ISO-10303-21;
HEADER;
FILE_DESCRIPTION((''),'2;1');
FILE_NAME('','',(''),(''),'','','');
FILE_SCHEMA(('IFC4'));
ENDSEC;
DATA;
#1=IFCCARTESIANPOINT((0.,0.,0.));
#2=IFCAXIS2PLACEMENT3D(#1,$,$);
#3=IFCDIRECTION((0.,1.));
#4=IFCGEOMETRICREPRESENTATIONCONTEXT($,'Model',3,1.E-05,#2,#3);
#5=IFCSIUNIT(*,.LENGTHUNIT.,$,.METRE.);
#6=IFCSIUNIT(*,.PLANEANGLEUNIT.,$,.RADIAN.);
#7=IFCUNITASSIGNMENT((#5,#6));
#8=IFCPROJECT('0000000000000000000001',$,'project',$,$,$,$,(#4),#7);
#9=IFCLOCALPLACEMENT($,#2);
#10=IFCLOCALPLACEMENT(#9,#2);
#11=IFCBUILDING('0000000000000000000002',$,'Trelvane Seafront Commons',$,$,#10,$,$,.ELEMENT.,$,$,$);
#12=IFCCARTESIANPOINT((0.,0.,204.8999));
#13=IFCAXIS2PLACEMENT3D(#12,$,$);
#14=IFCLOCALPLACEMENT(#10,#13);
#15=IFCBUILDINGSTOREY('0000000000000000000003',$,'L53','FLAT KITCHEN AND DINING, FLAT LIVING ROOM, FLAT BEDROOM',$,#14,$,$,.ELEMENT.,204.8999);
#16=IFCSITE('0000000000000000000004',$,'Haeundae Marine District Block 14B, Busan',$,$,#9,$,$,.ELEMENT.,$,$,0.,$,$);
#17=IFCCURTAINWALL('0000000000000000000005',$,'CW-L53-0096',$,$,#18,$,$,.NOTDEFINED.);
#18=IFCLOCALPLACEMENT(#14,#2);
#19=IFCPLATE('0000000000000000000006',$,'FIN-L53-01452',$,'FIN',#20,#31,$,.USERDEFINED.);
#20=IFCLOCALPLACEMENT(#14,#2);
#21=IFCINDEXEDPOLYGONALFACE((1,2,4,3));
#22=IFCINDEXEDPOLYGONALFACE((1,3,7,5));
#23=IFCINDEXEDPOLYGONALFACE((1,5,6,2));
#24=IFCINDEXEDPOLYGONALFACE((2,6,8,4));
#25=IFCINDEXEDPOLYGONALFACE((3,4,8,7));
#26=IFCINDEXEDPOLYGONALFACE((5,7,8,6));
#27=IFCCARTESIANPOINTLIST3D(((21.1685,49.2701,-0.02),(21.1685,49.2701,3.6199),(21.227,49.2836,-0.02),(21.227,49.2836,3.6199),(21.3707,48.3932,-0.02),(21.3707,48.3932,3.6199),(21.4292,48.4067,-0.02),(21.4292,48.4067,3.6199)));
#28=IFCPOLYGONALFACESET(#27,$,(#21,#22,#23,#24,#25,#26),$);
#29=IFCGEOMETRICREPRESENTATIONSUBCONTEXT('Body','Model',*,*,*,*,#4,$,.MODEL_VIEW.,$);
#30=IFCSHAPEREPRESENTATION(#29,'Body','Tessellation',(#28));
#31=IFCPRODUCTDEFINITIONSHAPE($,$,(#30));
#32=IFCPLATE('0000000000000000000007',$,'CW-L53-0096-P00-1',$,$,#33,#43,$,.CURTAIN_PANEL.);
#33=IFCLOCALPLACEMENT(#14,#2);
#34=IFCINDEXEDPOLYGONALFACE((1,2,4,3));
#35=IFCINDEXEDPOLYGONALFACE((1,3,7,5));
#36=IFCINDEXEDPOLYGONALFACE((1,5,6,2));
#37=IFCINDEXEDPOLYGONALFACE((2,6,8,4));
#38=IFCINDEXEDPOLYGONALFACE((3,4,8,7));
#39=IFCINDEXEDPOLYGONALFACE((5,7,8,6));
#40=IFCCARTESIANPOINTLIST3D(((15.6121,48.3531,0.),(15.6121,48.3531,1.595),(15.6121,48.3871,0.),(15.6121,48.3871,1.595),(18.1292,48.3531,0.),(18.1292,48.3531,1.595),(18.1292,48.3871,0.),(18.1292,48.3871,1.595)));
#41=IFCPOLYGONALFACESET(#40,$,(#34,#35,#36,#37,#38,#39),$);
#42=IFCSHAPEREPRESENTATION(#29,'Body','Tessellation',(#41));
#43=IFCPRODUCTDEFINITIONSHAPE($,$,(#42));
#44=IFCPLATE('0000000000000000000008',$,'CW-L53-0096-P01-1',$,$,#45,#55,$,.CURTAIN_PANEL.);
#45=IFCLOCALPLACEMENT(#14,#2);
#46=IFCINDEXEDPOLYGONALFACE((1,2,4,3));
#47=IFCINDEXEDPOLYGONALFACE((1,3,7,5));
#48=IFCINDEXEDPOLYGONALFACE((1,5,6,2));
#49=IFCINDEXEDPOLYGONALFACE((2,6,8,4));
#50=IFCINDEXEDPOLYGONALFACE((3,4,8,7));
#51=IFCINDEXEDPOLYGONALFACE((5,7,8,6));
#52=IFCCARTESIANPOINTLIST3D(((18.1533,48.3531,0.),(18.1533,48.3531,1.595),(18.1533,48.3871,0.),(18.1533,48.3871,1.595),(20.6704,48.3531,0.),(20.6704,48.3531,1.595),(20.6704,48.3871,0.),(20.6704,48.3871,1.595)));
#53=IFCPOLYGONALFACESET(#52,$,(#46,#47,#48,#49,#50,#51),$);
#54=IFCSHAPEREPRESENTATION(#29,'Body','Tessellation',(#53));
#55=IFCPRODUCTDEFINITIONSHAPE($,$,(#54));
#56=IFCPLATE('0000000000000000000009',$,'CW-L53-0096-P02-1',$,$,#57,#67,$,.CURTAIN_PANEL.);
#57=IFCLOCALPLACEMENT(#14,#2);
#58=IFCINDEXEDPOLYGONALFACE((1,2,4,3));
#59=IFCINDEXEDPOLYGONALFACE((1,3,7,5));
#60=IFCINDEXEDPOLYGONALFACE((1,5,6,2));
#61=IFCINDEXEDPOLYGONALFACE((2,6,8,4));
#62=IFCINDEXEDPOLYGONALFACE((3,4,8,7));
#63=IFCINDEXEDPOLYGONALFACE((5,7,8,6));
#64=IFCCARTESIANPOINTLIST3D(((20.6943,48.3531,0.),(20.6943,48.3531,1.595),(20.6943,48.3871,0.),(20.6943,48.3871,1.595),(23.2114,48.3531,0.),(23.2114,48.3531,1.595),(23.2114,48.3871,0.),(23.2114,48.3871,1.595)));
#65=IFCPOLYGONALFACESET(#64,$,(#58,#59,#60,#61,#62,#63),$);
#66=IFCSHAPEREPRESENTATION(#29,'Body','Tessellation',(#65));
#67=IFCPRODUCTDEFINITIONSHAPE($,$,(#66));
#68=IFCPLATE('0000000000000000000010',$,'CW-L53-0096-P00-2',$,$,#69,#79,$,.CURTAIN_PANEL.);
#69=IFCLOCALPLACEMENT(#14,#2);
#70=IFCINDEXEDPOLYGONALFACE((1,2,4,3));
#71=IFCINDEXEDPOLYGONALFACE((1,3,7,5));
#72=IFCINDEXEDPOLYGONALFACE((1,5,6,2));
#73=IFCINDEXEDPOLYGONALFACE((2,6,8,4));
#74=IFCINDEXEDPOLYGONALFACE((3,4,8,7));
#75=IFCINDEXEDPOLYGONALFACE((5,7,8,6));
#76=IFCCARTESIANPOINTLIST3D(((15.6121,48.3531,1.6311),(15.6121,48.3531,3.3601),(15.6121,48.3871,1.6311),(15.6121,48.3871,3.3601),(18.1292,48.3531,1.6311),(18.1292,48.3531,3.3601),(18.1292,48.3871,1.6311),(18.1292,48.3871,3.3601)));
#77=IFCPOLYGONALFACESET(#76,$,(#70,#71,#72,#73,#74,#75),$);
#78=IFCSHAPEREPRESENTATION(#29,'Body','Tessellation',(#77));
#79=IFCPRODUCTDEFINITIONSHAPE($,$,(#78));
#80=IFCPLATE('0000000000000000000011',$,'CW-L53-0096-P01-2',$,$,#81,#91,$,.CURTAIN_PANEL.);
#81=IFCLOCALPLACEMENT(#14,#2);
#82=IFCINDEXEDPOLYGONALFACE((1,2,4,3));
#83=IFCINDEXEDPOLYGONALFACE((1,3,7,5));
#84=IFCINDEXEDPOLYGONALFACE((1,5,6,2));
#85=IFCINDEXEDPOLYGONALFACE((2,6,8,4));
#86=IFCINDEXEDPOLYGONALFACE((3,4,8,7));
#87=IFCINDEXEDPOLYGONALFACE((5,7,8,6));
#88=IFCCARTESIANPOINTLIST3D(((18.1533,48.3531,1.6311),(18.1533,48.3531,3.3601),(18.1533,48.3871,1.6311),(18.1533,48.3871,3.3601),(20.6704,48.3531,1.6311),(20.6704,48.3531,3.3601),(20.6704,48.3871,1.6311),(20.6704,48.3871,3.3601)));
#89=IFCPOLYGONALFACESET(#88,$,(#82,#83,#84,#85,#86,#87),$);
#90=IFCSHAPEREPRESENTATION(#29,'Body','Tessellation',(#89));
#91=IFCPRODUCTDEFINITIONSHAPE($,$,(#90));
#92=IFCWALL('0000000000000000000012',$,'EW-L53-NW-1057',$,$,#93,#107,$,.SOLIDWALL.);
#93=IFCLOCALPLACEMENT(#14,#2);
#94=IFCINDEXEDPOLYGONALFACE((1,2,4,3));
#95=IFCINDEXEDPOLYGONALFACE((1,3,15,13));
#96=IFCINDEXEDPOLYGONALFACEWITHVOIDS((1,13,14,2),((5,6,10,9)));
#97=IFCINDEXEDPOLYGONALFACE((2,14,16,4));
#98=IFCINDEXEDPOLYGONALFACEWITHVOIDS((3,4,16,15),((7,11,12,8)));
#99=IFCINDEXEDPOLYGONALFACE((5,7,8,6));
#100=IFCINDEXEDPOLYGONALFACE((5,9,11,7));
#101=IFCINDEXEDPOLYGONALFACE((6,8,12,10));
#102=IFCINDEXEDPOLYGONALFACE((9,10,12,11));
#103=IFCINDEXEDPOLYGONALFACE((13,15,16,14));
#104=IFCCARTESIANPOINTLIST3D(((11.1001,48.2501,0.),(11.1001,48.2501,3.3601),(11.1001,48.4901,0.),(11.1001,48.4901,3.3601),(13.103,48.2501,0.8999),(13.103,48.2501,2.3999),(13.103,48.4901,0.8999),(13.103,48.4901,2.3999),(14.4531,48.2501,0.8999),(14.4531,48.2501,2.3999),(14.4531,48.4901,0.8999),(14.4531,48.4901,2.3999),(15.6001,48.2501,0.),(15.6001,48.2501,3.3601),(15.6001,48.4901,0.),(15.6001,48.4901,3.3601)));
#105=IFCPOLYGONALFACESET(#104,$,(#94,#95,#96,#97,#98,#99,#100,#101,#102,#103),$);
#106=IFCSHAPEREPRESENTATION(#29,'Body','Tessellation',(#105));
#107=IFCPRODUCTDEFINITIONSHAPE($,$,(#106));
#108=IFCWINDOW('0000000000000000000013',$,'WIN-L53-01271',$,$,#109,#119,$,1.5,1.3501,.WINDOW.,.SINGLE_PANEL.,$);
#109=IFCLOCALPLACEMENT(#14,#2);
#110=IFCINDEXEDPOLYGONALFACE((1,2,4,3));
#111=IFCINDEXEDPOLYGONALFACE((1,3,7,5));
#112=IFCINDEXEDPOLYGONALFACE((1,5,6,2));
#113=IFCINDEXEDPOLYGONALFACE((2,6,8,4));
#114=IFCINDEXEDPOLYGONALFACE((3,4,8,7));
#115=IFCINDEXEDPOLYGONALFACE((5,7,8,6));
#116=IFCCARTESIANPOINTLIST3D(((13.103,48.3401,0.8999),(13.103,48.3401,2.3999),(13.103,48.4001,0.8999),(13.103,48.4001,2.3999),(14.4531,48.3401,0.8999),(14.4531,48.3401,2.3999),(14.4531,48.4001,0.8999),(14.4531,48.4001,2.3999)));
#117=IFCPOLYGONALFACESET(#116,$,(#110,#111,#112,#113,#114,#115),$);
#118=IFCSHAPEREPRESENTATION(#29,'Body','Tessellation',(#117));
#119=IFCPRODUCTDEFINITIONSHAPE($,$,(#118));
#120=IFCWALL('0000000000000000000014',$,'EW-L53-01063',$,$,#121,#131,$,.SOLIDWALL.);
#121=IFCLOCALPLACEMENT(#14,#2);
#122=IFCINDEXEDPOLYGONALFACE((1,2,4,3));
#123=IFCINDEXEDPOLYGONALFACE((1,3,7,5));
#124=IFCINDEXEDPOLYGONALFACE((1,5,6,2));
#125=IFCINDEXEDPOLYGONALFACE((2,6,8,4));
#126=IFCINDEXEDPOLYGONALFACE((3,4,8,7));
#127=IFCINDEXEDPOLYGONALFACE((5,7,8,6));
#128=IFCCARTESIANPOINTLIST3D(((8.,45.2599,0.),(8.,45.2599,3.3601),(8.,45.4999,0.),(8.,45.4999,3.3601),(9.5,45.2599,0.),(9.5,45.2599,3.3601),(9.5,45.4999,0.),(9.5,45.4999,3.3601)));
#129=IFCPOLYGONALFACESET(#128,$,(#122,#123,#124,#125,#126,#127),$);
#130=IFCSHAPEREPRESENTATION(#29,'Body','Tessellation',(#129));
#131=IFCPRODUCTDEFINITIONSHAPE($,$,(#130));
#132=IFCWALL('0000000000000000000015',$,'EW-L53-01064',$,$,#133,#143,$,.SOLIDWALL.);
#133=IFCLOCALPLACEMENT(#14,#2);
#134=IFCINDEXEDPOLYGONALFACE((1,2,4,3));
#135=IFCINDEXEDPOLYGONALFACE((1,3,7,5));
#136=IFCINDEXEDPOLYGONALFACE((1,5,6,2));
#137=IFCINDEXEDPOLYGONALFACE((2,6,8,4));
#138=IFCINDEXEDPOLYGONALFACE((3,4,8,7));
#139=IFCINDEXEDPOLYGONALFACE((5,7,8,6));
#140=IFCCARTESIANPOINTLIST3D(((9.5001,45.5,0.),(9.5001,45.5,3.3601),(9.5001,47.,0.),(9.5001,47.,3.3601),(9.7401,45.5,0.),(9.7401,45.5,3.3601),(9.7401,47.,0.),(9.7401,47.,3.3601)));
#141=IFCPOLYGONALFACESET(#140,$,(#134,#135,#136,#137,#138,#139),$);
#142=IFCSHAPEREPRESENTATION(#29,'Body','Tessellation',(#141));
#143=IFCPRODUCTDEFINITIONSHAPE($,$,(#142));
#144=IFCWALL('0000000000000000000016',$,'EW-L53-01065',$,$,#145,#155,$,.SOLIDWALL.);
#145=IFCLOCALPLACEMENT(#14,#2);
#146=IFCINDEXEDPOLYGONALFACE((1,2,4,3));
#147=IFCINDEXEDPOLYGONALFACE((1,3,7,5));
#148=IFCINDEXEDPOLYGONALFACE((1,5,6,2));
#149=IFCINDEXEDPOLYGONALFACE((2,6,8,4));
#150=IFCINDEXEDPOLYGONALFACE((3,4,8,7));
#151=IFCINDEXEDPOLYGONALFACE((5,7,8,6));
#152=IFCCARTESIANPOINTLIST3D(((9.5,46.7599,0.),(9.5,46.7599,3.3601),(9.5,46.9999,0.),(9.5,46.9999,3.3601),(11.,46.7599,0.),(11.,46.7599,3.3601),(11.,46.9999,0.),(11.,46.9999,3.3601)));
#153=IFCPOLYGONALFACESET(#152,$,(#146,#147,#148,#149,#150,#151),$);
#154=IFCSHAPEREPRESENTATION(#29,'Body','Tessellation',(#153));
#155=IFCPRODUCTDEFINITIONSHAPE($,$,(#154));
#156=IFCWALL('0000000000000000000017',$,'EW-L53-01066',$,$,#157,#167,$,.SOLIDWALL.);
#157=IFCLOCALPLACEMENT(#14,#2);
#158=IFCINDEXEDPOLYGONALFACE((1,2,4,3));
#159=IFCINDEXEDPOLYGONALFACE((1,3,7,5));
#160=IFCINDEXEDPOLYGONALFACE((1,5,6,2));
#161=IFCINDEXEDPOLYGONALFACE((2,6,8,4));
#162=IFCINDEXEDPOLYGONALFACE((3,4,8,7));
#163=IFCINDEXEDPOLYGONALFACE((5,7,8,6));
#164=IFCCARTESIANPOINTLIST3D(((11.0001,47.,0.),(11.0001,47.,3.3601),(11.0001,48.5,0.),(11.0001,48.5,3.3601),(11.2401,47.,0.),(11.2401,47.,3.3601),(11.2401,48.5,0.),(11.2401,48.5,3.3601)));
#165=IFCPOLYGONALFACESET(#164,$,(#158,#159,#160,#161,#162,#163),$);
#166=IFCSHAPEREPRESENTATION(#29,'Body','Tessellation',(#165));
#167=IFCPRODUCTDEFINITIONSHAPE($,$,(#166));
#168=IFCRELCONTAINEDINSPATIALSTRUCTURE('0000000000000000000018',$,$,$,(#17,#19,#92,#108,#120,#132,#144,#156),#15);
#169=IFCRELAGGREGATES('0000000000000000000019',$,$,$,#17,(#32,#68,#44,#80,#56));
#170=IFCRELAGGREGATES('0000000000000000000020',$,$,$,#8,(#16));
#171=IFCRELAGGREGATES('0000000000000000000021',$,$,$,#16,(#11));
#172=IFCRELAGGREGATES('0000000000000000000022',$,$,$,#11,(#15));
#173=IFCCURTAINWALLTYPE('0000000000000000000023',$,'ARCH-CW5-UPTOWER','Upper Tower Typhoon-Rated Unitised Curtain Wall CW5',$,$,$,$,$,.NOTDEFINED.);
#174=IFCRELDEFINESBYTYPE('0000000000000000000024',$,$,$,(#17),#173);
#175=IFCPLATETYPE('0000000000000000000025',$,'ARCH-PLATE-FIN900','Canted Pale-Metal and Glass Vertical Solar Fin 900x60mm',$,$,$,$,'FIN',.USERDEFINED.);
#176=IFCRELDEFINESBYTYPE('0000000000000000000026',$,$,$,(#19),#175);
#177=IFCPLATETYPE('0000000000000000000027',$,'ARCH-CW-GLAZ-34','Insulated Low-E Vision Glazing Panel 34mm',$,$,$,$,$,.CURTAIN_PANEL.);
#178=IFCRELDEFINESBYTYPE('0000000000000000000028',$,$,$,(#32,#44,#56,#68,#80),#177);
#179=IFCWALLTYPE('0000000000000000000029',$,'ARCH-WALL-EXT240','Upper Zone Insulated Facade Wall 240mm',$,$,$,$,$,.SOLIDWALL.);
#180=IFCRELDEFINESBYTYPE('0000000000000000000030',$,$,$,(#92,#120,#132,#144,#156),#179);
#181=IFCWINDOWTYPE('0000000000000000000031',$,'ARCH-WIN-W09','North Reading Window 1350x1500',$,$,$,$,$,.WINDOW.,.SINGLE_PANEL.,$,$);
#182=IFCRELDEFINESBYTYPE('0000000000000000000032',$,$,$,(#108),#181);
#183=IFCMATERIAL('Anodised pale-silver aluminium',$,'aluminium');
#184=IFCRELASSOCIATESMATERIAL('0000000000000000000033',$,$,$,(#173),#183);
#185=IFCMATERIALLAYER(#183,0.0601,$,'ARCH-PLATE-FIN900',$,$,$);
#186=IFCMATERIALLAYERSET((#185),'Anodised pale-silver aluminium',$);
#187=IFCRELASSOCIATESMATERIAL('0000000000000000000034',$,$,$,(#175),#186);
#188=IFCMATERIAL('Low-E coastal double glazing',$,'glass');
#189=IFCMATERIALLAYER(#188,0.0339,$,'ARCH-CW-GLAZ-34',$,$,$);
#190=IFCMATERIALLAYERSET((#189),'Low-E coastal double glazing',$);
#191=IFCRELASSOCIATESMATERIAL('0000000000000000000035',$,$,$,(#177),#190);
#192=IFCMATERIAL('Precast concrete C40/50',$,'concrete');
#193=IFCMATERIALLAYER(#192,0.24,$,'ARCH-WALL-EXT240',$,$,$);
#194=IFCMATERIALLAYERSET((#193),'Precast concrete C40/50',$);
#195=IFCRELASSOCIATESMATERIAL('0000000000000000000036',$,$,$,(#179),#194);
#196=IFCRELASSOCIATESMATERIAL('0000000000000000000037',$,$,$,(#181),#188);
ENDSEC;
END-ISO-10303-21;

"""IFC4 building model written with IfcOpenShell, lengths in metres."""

from ifc_helpers import new_model, si_unit, direction, frame, frame_2d, origin, origin_2d, place, context, subcontext, project, spatial, rectangle, extrude, source, transform, mapped, material, layer, layer_set, type_object, element, fill, aggregate, save


model = new_model("IFC4")

# Units and contexts
model_context = context("Model", 3, precision=1e-05, world=origin(), true_north=direction((0.0, 1.0)))
body_context = subcontext(model_context, "Body", "Model", "MODEL_VIEW")
ifc_project = project(units=[si_unit("LENGTHUNIT", "METRE"), si_unit("PLANEANGLEUNIT", "RADIAN")], contexts=[model_context])

# Site, building, storey
site_placement = place(None, origin())
site = spatial("IfcSite", under=ifc_project, at=site_placement, Name="Haeundae Marine District Block 14B, Busan", CompositionType="ELEMENT", RefElevation=0.0)
building_placement = place(site_placement, origin())
building = spatial("IfcBuilding", under=site, at=building_placement, Name="Trelvane Seafront Commons", CompositionType="ELEMENT")
storey_placement = place(building_placement, frame((0.0, 0.0, 204.8999)))
storey = spatial("IfcBuildingStorey", under=building, at=storey_placement, Name="L53", Description="FLAT KITCHEN AND DINING, FLAT LIVING ROOM, FLAT BEDROOM", CompositionType="ELEMENT", Elevation=204.8999)

# Curtain wall
ifc_material_1 = material(Name="Anodised pale-silver aluminium", Category="aluminium")
curtain_wall_type = type_object("IfcCurtainWallType", Name="ARCH-CW5-UPTOWER", Description="Upper Tower Typhoon-Rated Unitised Curtain Wall CW5", PredefinedType="NOTDEFINED", material=ifc_material_1)
curtain_wall_placement = place(storey_placement, origin())
curtain_wall = element("IfcCurtainWall", 1, at=curtain_wall_placement, inside=storey, type_object=curtain_wall_type, Name="CW-L53-0096", PredefinedType="NOTDEFINED")

# Plate
ifc_layer_1 = layer(ifc_material_1, 0.0601, Name="ARCH-PLATE-FIN900")
ifc_layer_set_1 = layer_set([ifc_layer_1], Name="Anodised pale-silver aluminium")
plate_type_1 = type_object("IfcPlateType", Name="ARCH-PLATE-FIN900", Description="Canted Pale-Metal and Glass Vertical Solar Fin 900x60mm", ElementType="FIN", PredefinedType="USERDEFINED", material=ifc_layer_set_1)
shared_shape_1 = source(origin(), body_context, "Body", "SweptSolid", [
    extrude(rectangle(XDim=0.8999, YDim=0.0601, at=origin_2d()), origin(), (0.0, 0.0, 1.0), 3.6399),
])
for number, where, z_axis, x_axis, name in (
    (2, (21.2988, 48.8384, -0.02), (0.0, 0.0, 1.0), (-0.224665, 0.974436, 0.0), "FIN-L53-01452"),
):
    element("IfcPlate", number, at=place(storey_placement, frame(where, z_axis=z_axis, x_axis=x_axis)), inside=storey, type_object=plate_type_1, Name=name, ObjectType="FIN", PredefinedType="USERDEFINED", context=body_context, shape_type="MappedRepresentation", body=[
        mapped(shared_shape_1, transform((0.0, 0.0, 0.0), x_axis=(1.0, 0.0, 0.0), y_axis=(0.0, 1.0, 0.0), z_axis=(0.0, 0.0, 1.0), scale=1.0)),
    ])

# Plates
ifc_material_2 = material(Name="Low-E coastal double glazing", Category="glass")
ifc_layer_2 = layer(ifc_material_2, 0.0339, Name="ARCH-CW-GLAZ-34")
ifc_layer_set_2 = layer_set([ifc_layer_2], Name="Low-E coastal double glazing")
plate_type_2 = type_object("IfcPlateType", Name="ARCH-CW-GLAZ-34", Description="Insulated Low-E Vision Glazing Panel 34mm", PredefinedType="CURTAIN_PANEL", material=ifc_layer_set_2)
shared_shape_2 = source(origin(), body_context, "Body", "SweptSolid", [
    extrude(rectangle(XDim=2.5171, YDim=0.0339, at=origin_2d()), origin(), (0.0, 0.0, 1.0), 1.595),
])
plate_1_placement = place(storey_placement, frame((16.8706, 48.3701, 0.0), z_axis=(0.0, 0.0, 1.0), x_axis=(1.0, 0.0, 0.0)))
plate_1 = element("IfcPlate", 3, at=plate_1_placement, type_object=plate_type_2, Name="CW-L53-0096-P00-1", PredefinedType="CURTAIN_PANEL", context=body_context, shape_type="MappedRepresentation", body=[
    mapped(shared_shape_2, transform((0.0, 0.0, 0.0), x_axis=(1.0, 0.0, 0.0), y_axis=(0.0, 1.0, 0.0), z_axis=(0.0, 0.0, 1.0), scale=1.0)),
])
plate_2_placement = place(storey_placement, frame((19.4119, 48.3701, 0.0), z_axis=(0.0, 0.0, 1.0), x_axis=(1.0, 0.0, 0.0)))
plate_2 = element("IfcPlate", 4, at=plate_2_placement, type_object=plate_type_2, Name="CW-L53-0096-P01-1", PredefinedType="CURTAIN_PANEL", context=body_context, shape_type="MappedRepresentation", body=[
    mapped(shared_shape_2, transform((0.0, 0.0, 0.0), x_axis=(1.0, 0.0, 0.0), y_axis=(0.0, 1.0, 0.0), z_axis=(0.0, 0.0, 1.0), scale=1.0)),
])
plate_3_placement = place(storey_placement, frame((21.9529, 48.3701, 0.0), z_axis=(0.0, 0.0, 1.0), x_axis=(1.0, 0.0, 0.0)))
plate_3 = element("IfcPlate", 5, at=plate_3_placement, type_object=plate_type_2, Name="CW-L53-0096-P02-1", PredefinedType="CURTAIN_PANEL", context=body_context, shape_type="MappedRepresentation", body=[
    mapped(shared_shape_2, transform((0.0, 0.0, 0.0), x_axis=(1.0, 0.0, 0.0), y_axis=(0.0, 1.0, 0.0), z_axis=(0.0, 0.0, 1.0), scale=1.0)),
])
shared_shape_3 = source(origin(), body_context, "Body", "SweptSolid", [
    extrude(rectangle(XDim=2.5171, YDim=0.0339, at=origin_2d()), origin(), (0.0, 0.0, 1.0), 1.729),
])
plate_4_placement = place(storey_placement, frame((16.8706, 48.3701, 1.6311), z_axis=(0.0, 0.0, 1.0), x_axis=(1.0, 0.0, 0.0)))
plate_4 = element("IfcPlate", 6, at=plate_4_placement, type_object=plate_type_2, Name="CW-L53-0096-P00-2", PredefinedType="CURTAIN_PANEL", context=body_context, shape_type="MappedRepresentation", body=[
    mapped(shared_shape_3, transform((0.0, 0.0, 0.0), x_axis=(1.0, 0.0, 0.0), y_axis=(0.0, 1.0, 0.0), z_axis=(0.0, 0.0, 1.0), scale=1.0)),
])
plate_5_placement = place(storey_placement, frame((19.4119, 48.3701, 1.6311), z_axis=(0.0, 0.0, 1.0), x_axis=(1.0, 0.0, 0.0)))
plate_5 = element("IfcPlate", 7, at=plate_5_placement, type_object=plate_type_2, Name="CW-L53-0096-P01-2", PredefinedType="CURTAIN_PANEL", context=body_context, shape_type="MappedRepresentation", body=[
    mapped(shared_shape_3, transform((0.0, 0.0, 0.0), x_axis=(1.0, 0.0, 0.0), y_axis=(0.0, 1.0, 0.0), z_axis=(0.0, 0.0, 1.0), scale=1.0)),
])
aggregate(curtain_wall, [plate_1, plate_4, plate_2, plate_5, plate_3])

# Wall, opening, window
ifc_material_3 = material(Name="Precast concrete C40/50", Category="concrete")
ifc_layer_3 = layer(ifc_material_3, 0.24, Name="ARCH-WALL-EXT240")
ifc_layer_set_3 = layer_set([ifc_layer_3], Name="Precast concrete C40/50")
wall_type = type_object("IfcWallType", Name="ARCH-WALL-EXT240", Description="Upper Zone Insulated Facade Wall 240mm", PredefinedType="SOLIDWALL", material=ifc_layer_set_3)
wall_placement = place(storey_placement, frame((11.1001, 48.3701, 0.0), z_axis=(0.0, 0.0, 1.0), x_axis=(1.0, 0.0, 0.0)))
wall = element("IfcWall", 8, at=wall_placement, inside=storey, type_object=wall_type, Name="EW-L53-NW-1057", PredefinedType="SOLIDWALL", context=body_context, shape_type="SweptSolid", body=[
    extrude(rectangle(XDim=4.5, YDim=0.24, at=frame_2d((2.25, 0.0))), origin(), (0.0, 0.0, 1.0), 3.3601),
])
opening_placement = place(wall_placement, frame((2.0029, 0.0, 0.8999)))
opening = element("IfcOpeningElement", 9, at=opening_placement, cuts=wall, PredefinedType="OPENING", context=body_context, shape_type="SweptSolid", body=[
    extrude(rectangle(XDim=1.3501, YDim=1.5, at=frame_2d((0.675, 0.75))), frame((0.0, 0.1299, 0.0), z_axis=(0.0, -1.0, 0.0), x_axis=(1.0, 0.0, 0.0)), (0.0, 0.0, 1.0), 0.26),
])
window_type = type_object("IfcWindowType", Name="ARCH-WIN-W09", Description="North Reading Window 1350x1500", PartitioningType="SINGLE_PANEL", PredefinedType="WINDOW", material=ifc_material_2)
shared_shape_4 = source(origin(), body_context, "Body", "SweptSolid", [
    extrude(rectangle(XDim=1.3501, YDim=1.5, at=frame_2d((0.675, 0.75))), frame((0.0, 0.03, 0.0), z_axis=(0.0, -1.0, 0.0), x_axis=(1.0, 0.0, 0.0)), (0.0, 0.0, 1.0), 0.0601),
])
window_placement = place(opening_placement, origin())
window = element("IfcWindow", 10, at=window_placement, inside=storey, type_object=window_type, Name="WIN-L53-01271", OverallHeight=1.5, OverallWidth=1.3501, PartitioningType="SINGLE_PANEL", PredefinedType="WINDOW", context=body_context, shape_type="MappedRepresentation", body=[
    mapped(shared_shape_4, transform((0.0, 0.0, 0.0), x_axis=(1.0, 0.0, 0.0), y_axis=(0.0, 1.0, 0.0), z_axis=(0.0, 0.0, 1.0), scale=1.0)),
])
fill(opening, window)

# Walls
for number, where, z_axis, x_axis, name in (
    (11, (8.0, 45.3799, 0.0), (0.0, 0.0, 1.0), (1.0, 0.0, 0.0), "EW-L53-01063"),
    (12, (9.6201, 45.5, 0.0), (0.0, 0.0, 1.0), (0.0, 1.0, 0.0), "EW-L53-01064"),
    (13, (9.5, 46.8799, 0.0), (0.0, 0.0, 1.0), (1.0, 0.0, 0.0), "EW-L53-01065"),
    (14, (11.1201, 47.0, 0.0), (0.0, 0.0, 1.0), (0.0, 1.0, 0.0), "EW-L53-01066"),
):
    element("IfcWall", number, at=place(storey_placement, frame(where, z_axis=z_axis, x_axis=x_axis)), inside=storey, type_object=wall_type, Name=name, PredefinedType="SOLIDWALL", context=body_context, shape_type="SweptSolid", body=[
        extrude(rectangle(XDim=1.5, YDim=0.24, at=frame_2d((0.75, 0.0))), origin(), (0.0, 0.0, 1.0), 3.3601),
    ])

save(model, "model.ifc")
